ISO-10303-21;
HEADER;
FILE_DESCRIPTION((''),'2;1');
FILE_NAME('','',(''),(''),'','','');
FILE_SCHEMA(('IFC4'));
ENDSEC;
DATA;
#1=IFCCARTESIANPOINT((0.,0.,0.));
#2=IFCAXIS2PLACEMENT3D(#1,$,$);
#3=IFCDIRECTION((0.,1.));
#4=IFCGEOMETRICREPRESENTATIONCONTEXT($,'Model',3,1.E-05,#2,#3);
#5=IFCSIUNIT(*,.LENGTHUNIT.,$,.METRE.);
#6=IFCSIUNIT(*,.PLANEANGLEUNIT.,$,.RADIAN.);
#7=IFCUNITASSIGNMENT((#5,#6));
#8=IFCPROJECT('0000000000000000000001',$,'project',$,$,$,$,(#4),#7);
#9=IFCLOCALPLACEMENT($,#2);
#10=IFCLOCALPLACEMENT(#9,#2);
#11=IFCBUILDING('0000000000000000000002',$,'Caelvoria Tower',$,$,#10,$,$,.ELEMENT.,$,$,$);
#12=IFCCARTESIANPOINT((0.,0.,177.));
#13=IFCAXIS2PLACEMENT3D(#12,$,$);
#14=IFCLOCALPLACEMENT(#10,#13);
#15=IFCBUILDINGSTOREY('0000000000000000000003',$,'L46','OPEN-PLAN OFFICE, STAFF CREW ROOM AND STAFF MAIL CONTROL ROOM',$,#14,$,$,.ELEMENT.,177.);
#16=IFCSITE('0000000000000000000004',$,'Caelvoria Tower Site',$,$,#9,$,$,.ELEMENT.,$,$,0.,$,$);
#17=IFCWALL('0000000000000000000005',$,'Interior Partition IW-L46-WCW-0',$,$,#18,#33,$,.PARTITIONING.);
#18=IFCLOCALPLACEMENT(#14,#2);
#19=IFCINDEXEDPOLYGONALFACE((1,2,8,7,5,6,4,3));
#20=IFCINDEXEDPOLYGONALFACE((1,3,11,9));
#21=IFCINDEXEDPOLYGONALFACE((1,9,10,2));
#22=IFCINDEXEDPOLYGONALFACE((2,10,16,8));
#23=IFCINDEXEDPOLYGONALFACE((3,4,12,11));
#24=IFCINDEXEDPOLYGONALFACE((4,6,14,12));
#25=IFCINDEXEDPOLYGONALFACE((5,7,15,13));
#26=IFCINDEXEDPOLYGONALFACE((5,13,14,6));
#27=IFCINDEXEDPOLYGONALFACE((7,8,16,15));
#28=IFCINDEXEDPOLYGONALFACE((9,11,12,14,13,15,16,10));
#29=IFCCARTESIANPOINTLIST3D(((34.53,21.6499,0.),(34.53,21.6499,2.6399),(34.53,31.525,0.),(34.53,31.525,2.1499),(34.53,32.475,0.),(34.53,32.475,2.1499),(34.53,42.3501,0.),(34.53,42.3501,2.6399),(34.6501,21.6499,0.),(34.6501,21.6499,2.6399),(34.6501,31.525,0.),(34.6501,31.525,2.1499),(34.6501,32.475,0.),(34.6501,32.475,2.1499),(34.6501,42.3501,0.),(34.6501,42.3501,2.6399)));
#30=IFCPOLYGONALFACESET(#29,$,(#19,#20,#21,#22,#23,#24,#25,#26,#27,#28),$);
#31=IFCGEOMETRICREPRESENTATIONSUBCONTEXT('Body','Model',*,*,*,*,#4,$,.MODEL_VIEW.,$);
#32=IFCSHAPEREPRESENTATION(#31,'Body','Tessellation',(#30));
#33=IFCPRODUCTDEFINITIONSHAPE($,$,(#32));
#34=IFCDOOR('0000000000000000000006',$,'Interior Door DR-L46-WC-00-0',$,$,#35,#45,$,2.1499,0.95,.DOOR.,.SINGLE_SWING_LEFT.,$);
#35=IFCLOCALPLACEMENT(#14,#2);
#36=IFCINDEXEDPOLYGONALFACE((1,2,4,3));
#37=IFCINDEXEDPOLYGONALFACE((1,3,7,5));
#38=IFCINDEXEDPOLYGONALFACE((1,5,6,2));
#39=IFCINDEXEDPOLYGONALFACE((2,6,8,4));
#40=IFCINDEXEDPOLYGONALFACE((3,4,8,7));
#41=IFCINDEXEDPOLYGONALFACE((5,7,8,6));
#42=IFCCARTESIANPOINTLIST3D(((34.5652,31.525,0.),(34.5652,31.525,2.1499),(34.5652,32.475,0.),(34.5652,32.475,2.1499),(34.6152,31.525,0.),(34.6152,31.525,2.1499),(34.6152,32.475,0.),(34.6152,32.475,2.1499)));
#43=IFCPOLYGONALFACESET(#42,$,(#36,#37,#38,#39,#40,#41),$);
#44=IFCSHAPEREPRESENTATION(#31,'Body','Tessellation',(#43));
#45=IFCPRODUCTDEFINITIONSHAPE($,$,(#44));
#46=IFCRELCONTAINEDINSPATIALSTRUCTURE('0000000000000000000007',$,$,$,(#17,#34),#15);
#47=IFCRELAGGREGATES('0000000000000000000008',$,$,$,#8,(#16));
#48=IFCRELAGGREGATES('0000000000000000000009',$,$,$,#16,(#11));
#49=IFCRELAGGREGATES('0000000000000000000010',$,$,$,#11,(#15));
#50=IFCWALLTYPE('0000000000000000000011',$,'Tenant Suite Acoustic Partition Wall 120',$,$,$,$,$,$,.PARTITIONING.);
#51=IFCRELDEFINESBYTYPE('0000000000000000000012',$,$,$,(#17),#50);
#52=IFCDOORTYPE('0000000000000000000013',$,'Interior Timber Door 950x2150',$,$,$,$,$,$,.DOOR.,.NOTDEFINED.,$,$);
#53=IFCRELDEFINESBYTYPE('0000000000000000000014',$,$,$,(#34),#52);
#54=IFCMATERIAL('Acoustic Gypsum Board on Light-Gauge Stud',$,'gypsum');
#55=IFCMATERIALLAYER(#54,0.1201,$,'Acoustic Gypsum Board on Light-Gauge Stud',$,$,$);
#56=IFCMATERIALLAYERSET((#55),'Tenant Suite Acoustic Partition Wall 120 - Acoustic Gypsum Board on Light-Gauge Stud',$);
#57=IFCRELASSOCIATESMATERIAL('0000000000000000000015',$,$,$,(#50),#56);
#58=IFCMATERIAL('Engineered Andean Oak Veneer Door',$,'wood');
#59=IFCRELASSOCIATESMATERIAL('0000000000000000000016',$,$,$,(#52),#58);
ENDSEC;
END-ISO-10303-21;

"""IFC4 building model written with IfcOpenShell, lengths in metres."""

from ifc_helpers import new_model, si_unit, direction, frame, frame_2d, origin, place, context, subcontext, project, spatial, rectangle, extrude, material, layer, layer_set, type_object, element, fill, save


model = new_model("IFC4")

# Units and contexts
model_context = context("Model", 3, precision=1e-05, world=origin(), true_north=direction((0.0, 1.0)))
body_context = subcontext(model_context, "Body", "Model", "MODEL_VIEW")
ifc_project = project(units=[si_unit("LENGTHUNIT", "METRE"), si_unit("PLANEANGLEUNIT", "RADIAN")], contexts=[model_context])

# Site, building, storey
site_placement = place(None, origin())
site = spatial("IfcSite", under=ifc_project, at=site_placement, Name="Caelvoria Tower Site", CompositionType="ELEMENT", RefElevation=0.0)
building_placement = place(site_placement, origin())
building = spatial("IfcBuilding", under=site, at=building_placement, Name="Caelvoria Tower", CompositionType="ELEMENT")
storey_placement = place(building_placement, frame((0.0, 0.0, 177.0)))
storey = spatial("IfcBuildingStorey", under=building, at=storey_placement, Name="L46", Description="OPEN-PLAN OFFICE, STAFF CREW ROOM AND STAFF MAIL CONTROL ROOM", CompositionType="ELEMENT", Elevation=177.0)

# Wall, opening, door
ifc_material_1 = material(Name="Acoustic Gypsum Board on Light-Gauge Stud", Category="gypsum")
ifc_layer_1 = layer(ifc_material_1, 0.1201, Name="Acoustic Gypsum Board on Light-Gauge Stud")
ifc_layer_set_1 = layer_set([ifc_layer_1], Name="Tenant Suite Acoustic Partition Wall 120 - Acoustic Gypsum Board on Light-Gauge Stud")
wall_type_1 = type_object("IfcWallType", Name="Tenant Suite Acoustic Partition Wall 120", PredefinedType="PARTITIONING", material=ifc_layer_set_1)
ifc_material_2 = material(Name="Engineered Andean Oak Veneer Door", Category="wood")
wall_1_placement = place(storey_placement, frame((34.5901, 21.6499, 0.0), z_axis=(0.0, 0.0, 1.0), x_axis=(0.0, 1.0, 0.0)))
wall_1 = element("IfcWall", 1, at=wall_1_placement, inside=storey, type_object=wall_type_1, Name="Interior Partition IW-L46-WCW-0", PredefinedType="PARTITIONING", context=body_context, shape_type="SweptSolid", body=[
    extrude(rectangle(XDim=20.7002, YDim=0.1201, at=frame_2d((10.3501, 0.0))), origin(), (0.0, 0.0, 1.0), 2.6399),
])
opening_1_placement = place(wall_1_placement, frame((9.875, 0.0, 0.0)))
opening_1 = element("IfcOpeningElement", 2, at=opening_1_placement, cuts=wall_1, PredefinedType="OPENING", context=body_context, shape_type="SweptSolid", body=[
    extrude(rectangle(XDim=0.95, YDim=2.1499, at=frame_2d((0.4751, 1.075))), frame((0.0, 0.0701, 0.0), z_axis=(0.0, -1.0, 0.0), x_axis=(1.0, 0.0, 0.0)), (0.0, 0.0, 1.0), 0.1401),
])
door_type_1 = type_object("IfcDoorType", Name="Interior Timber Door 950x2150", OperationType="NOTDEFINED", PredefinedType="DOOR", material=ifc_material_2)
door_1_placement = place(opening_1_placement, origin())
door_1 = element("IfcDoor", 3, at=door_1_placement, inside=storey, type_object=door_type_1, Name="Interior Door DR-L46-WC-00-0", OperationType="SINGLE_SWING_LEFT", OverallHeight=2.1499, OverallWidth=0.95, PredefinedType="DOOR", context=body_context, shape_type="SweptSolid", body=[
    extrude(rectangle(XDim=0.95, YDim=2.1499, at=frame_2d((0.4751, 1.075))), frame((0.0, 0.0249, 0.0), z_axis=(0.0, -1.0, 0.0), x_axis=(1.0, 0.0, 0.0)), (0.0, 0.0, 1.0), 0.05),
])
fill(opening_1, door_1)

save(model, "model.ifc")
